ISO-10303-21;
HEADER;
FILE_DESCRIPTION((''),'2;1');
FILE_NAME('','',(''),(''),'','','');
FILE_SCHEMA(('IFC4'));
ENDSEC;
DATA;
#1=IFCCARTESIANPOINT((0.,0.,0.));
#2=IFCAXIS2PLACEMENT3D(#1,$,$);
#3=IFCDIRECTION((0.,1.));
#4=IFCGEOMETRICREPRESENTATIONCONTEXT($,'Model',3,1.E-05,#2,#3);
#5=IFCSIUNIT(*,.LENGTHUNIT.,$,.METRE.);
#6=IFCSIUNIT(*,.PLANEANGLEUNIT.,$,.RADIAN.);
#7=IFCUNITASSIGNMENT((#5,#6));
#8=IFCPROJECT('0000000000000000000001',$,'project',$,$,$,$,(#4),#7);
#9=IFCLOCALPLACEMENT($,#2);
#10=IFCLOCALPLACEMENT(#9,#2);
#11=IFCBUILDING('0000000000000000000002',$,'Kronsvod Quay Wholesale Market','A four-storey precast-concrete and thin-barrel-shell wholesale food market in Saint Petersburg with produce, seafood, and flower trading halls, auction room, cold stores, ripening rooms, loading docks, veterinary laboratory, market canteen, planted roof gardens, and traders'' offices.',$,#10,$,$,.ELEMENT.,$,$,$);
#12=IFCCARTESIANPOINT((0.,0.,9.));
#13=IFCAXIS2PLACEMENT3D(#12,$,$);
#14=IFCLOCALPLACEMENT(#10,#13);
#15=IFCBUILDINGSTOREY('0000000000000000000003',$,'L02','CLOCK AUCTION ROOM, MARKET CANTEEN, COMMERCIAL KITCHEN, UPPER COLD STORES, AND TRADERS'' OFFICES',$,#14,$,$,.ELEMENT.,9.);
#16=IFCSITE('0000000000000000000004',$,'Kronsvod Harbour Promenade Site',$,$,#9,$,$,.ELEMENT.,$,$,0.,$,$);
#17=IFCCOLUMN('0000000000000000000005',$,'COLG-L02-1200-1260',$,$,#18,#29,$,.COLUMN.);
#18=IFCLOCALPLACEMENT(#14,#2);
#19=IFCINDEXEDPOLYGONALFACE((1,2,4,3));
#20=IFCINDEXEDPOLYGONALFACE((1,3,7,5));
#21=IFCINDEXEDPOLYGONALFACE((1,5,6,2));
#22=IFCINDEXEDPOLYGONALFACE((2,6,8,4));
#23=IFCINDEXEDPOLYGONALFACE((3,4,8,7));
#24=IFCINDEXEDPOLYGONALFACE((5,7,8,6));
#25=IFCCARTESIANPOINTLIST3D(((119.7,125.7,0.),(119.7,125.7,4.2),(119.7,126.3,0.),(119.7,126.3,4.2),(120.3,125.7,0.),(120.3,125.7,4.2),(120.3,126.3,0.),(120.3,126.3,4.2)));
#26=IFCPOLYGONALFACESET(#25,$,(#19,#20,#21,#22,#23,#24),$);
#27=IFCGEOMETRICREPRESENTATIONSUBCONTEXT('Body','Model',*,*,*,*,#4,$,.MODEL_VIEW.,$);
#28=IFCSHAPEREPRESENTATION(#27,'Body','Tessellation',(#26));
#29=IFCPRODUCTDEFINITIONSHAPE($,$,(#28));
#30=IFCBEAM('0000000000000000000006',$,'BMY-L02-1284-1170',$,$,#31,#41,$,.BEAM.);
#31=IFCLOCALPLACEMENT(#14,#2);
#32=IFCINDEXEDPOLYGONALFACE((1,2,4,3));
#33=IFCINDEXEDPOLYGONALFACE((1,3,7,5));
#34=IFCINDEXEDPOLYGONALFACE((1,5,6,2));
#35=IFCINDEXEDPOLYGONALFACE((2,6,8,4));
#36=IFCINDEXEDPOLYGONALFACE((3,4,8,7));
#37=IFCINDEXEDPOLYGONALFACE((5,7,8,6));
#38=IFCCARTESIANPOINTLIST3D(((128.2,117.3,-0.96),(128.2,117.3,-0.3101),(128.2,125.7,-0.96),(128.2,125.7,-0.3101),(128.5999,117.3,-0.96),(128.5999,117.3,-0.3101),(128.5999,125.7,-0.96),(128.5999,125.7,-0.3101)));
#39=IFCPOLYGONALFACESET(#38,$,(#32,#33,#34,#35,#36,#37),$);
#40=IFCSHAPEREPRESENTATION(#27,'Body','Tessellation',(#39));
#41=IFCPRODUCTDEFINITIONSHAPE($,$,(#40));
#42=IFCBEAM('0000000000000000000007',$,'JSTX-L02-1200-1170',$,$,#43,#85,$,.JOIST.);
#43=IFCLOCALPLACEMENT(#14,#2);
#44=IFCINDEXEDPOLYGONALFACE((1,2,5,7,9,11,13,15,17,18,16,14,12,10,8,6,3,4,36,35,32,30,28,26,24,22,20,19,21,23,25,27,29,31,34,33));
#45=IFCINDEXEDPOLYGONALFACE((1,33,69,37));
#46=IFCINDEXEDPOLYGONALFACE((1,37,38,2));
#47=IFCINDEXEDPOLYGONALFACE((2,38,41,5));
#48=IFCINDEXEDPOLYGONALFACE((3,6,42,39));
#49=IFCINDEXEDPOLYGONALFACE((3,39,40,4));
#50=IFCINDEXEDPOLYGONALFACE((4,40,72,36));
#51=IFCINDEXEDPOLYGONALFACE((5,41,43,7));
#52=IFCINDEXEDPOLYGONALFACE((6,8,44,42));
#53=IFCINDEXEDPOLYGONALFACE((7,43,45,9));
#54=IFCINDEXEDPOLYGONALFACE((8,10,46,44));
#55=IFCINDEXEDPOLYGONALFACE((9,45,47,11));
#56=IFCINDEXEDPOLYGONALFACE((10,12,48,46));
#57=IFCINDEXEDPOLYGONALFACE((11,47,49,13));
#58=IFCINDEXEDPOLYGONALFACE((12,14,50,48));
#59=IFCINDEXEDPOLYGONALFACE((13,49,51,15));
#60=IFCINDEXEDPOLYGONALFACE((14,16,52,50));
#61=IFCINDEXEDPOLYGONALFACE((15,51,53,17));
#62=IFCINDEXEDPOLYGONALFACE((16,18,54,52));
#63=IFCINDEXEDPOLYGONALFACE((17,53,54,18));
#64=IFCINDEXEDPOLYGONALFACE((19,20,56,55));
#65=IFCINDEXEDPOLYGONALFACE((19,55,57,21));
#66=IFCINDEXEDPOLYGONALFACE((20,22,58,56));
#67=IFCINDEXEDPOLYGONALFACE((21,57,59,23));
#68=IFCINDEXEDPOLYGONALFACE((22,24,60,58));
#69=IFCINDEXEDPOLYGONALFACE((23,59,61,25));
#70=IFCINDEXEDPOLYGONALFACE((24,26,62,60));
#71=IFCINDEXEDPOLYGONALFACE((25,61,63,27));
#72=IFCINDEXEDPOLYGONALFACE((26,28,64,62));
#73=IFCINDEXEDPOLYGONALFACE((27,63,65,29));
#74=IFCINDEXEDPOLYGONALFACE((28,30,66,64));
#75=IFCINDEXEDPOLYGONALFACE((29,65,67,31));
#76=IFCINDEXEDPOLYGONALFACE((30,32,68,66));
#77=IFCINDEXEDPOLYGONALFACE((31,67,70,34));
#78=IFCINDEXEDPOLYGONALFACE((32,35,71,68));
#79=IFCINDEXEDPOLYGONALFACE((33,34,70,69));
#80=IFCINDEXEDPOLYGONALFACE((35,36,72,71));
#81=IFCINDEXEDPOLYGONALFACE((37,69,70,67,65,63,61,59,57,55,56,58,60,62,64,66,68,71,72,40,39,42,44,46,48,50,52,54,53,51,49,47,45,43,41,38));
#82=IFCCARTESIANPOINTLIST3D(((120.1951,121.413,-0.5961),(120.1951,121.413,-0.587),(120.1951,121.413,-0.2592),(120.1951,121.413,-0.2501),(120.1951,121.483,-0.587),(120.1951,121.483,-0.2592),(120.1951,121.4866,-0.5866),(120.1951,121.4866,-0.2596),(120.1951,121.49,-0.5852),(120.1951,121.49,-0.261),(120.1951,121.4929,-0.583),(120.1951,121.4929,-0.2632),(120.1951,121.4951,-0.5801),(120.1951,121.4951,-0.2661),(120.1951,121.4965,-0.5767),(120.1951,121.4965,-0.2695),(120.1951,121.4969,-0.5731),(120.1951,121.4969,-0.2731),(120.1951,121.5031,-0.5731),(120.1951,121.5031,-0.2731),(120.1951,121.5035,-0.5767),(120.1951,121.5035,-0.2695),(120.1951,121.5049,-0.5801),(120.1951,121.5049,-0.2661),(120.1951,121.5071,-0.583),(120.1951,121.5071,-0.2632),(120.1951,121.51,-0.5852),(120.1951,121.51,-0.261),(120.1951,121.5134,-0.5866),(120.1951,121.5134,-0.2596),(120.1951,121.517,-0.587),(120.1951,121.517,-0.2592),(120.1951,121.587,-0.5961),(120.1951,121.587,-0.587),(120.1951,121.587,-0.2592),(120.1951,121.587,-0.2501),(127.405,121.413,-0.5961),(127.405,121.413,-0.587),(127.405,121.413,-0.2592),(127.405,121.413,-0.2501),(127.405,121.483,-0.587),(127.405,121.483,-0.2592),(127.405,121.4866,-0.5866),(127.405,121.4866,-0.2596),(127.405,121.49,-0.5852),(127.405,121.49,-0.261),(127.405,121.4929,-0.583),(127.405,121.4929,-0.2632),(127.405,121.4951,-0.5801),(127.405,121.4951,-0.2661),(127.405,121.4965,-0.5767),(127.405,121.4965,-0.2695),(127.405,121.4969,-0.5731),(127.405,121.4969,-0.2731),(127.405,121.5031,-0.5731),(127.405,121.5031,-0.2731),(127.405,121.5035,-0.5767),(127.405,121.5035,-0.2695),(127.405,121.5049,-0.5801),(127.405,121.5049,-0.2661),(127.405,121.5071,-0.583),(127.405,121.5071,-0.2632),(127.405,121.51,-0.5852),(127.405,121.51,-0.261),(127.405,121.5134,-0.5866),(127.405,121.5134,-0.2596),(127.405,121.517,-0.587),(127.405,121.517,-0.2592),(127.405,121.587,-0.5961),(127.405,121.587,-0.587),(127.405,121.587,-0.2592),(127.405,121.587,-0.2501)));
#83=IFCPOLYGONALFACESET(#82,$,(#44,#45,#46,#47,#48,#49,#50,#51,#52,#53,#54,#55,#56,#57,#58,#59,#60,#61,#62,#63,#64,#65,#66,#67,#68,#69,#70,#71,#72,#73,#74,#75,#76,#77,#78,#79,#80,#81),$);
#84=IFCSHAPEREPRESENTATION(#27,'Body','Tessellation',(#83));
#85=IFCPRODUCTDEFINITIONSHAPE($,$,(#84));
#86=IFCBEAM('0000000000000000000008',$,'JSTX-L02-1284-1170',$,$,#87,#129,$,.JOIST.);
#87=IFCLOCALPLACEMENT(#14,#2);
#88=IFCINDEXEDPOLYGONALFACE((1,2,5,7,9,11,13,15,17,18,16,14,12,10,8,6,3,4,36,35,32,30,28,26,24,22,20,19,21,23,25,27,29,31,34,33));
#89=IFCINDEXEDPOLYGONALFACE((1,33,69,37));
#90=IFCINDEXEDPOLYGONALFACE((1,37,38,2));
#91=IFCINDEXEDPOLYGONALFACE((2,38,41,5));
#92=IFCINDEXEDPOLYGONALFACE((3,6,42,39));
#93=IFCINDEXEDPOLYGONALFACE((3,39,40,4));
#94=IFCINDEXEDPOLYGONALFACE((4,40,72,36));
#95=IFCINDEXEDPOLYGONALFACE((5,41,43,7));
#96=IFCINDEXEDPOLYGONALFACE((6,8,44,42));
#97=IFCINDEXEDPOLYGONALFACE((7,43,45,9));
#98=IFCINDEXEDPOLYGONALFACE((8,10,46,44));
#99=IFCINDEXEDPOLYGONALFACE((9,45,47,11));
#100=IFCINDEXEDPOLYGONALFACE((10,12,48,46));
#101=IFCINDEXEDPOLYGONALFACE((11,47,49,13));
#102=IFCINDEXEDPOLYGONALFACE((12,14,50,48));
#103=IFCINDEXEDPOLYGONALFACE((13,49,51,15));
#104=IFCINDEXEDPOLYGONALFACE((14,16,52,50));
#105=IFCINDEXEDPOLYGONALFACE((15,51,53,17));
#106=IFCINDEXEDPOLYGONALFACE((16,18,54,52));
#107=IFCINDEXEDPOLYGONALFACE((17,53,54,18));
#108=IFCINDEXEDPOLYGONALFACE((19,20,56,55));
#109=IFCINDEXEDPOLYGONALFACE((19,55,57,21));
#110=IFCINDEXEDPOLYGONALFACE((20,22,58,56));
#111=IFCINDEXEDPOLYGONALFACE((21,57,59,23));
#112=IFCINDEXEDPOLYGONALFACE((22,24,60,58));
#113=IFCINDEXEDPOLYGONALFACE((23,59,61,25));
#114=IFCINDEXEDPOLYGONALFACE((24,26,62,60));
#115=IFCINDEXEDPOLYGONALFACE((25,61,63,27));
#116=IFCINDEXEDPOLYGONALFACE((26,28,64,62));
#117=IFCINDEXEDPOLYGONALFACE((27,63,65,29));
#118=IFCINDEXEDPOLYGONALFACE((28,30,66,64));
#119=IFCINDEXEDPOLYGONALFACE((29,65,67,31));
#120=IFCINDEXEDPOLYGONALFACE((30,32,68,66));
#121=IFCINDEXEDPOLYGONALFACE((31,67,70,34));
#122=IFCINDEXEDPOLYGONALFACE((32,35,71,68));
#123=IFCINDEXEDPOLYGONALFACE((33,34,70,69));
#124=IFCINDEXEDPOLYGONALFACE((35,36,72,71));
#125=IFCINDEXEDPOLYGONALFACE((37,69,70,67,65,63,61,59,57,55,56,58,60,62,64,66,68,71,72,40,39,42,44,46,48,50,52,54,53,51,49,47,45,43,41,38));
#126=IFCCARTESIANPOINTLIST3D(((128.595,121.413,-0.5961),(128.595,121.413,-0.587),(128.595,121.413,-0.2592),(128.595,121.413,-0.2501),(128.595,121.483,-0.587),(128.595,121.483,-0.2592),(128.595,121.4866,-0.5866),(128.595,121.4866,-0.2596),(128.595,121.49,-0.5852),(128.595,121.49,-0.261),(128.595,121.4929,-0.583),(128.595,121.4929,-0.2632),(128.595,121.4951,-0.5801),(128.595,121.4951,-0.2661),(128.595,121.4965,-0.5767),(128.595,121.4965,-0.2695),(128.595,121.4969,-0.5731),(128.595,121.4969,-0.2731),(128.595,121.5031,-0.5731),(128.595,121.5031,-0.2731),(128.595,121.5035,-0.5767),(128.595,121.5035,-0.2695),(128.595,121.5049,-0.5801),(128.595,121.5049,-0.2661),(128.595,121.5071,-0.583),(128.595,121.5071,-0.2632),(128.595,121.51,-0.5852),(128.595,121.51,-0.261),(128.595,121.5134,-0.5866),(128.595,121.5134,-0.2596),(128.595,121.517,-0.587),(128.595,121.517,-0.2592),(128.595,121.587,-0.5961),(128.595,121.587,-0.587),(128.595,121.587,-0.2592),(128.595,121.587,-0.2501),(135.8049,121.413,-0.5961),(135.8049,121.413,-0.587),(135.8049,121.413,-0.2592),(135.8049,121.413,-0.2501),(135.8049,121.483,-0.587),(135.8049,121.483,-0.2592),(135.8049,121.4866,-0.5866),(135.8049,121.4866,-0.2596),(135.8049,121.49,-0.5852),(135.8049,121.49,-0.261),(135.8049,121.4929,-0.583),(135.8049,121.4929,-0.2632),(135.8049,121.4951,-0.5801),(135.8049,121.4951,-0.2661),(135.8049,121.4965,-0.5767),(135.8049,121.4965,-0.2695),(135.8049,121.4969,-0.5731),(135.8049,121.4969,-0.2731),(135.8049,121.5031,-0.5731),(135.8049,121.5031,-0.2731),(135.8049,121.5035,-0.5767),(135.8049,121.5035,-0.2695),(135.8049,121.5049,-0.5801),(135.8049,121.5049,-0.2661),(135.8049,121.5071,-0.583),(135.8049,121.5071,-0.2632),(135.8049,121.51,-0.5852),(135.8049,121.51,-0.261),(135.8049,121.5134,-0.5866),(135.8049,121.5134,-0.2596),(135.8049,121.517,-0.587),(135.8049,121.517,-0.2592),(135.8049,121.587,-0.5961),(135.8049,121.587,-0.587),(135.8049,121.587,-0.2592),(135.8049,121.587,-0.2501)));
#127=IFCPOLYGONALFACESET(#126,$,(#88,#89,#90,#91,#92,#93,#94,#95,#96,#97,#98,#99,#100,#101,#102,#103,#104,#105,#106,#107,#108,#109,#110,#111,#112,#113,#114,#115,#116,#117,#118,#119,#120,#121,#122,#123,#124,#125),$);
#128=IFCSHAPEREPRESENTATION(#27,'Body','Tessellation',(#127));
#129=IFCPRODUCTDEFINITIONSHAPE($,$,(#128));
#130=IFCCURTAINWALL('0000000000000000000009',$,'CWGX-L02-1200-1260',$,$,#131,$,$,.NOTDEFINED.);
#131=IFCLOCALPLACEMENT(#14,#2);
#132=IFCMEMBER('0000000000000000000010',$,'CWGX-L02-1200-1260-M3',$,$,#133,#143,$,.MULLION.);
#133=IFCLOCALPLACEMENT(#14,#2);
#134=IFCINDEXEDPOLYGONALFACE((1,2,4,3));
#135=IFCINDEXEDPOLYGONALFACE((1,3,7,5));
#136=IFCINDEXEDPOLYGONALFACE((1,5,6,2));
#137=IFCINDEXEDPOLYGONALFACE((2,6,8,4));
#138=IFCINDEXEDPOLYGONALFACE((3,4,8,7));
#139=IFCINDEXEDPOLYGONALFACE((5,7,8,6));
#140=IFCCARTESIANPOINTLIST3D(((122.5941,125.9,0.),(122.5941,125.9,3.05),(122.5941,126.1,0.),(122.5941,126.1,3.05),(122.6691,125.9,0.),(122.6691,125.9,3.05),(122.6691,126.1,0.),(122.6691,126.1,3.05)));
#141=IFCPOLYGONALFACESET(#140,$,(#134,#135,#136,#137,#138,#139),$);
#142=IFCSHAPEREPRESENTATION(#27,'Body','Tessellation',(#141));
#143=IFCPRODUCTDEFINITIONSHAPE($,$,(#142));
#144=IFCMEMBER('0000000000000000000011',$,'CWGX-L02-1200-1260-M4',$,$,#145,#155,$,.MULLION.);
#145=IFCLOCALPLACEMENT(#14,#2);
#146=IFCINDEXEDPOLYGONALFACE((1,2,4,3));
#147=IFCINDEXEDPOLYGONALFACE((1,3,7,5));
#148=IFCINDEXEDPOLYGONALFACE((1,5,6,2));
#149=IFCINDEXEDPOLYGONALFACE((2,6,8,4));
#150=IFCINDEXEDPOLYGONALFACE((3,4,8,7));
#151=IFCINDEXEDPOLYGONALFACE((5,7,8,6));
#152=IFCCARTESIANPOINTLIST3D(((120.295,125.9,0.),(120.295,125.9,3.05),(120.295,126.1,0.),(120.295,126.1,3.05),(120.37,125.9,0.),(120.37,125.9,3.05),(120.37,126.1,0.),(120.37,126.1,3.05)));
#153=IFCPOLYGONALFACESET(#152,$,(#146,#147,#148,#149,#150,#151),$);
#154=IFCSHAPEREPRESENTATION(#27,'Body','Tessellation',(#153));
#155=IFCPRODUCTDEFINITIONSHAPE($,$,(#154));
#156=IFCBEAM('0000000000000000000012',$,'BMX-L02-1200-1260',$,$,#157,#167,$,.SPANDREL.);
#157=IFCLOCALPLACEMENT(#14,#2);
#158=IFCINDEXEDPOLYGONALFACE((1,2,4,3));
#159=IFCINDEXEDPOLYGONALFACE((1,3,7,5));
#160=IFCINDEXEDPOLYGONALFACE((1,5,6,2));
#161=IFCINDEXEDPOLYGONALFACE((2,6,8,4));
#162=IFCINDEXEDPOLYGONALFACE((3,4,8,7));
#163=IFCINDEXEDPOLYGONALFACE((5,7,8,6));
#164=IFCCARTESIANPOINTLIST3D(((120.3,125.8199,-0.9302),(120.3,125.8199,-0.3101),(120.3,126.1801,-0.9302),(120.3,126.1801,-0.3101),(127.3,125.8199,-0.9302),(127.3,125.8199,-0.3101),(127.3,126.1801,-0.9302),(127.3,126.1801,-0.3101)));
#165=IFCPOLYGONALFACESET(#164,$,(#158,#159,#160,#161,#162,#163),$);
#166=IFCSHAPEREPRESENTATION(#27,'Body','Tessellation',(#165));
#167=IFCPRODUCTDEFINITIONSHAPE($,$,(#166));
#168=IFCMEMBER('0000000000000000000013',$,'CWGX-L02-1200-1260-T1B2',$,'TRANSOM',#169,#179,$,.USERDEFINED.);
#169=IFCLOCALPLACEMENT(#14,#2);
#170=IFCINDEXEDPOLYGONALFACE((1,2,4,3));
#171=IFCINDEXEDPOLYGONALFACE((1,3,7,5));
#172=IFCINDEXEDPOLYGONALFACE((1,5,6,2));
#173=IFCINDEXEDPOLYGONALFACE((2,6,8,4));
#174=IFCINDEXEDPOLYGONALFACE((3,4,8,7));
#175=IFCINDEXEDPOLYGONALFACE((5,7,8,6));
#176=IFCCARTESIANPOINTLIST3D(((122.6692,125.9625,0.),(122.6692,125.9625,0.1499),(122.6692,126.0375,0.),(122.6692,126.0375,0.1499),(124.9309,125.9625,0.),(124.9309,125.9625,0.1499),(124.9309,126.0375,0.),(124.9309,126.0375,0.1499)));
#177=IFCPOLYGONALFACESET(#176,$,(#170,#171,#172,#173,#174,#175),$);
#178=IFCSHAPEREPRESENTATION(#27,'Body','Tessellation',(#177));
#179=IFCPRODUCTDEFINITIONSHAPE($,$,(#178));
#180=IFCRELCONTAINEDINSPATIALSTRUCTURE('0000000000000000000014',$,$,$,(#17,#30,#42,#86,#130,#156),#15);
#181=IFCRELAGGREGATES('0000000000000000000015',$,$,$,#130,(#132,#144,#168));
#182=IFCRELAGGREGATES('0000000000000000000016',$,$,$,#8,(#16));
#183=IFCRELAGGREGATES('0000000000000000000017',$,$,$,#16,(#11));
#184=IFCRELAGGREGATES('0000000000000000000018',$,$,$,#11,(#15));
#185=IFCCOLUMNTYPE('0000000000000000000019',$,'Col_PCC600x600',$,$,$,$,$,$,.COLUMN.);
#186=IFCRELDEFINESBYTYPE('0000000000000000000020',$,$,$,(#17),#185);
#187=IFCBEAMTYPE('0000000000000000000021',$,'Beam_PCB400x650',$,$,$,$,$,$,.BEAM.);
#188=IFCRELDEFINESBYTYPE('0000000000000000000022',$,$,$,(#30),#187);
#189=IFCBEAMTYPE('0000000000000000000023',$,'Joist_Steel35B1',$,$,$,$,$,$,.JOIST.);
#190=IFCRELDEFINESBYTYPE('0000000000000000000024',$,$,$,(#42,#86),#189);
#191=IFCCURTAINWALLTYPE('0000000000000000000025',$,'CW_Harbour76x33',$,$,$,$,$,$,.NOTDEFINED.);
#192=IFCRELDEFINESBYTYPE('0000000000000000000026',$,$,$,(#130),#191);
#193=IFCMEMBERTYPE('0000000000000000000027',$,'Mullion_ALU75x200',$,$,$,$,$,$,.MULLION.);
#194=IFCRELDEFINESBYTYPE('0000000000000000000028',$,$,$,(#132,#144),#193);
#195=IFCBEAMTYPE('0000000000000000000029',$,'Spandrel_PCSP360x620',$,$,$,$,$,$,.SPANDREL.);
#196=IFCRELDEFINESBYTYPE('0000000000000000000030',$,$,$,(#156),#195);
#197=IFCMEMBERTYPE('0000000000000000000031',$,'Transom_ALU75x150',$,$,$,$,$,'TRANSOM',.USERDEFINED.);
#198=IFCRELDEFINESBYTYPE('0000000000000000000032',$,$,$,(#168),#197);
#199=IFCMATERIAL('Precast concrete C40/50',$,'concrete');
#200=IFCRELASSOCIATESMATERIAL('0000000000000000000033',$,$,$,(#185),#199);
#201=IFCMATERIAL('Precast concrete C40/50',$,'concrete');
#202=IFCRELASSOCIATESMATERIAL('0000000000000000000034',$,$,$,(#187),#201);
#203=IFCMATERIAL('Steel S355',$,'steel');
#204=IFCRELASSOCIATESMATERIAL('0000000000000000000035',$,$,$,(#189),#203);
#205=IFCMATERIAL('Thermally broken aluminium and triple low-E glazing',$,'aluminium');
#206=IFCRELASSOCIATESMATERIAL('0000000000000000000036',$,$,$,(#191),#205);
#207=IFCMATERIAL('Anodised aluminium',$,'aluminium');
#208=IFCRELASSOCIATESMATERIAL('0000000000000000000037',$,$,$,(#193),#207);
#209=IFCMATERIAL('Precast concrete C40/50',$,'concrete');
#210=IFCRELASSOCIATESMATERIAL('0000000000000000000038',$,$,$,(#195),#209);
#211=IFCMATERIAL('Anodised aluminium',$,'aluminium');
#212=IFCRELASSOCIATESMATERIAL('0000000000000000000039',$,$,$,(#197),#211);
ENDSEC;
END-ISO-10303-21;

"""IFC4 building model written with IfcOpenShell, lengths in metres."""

from ifc_helpers import new_model, si_unit, direction, frame, origin, origin_2d, place, context, subcontext, project, spatial, rectangle, i_section, extrude, material, material_profile, profile_set, type_object, element, aggregate, save


model = new_model("IFC4")

# Units and contexts
model_context = context("Model", 3, precision=1e-05, world=origin(), true_north=direction((0.0, 1.0)))
body_context = subcontext(model_context, "Body", "Model", "MODEL_VIEW")
ifc_project = project(units=[si_unit("LENGTHUNIT", "METRE"), si_unit("PLANEANGLEUNIT", "RADIAN")], contexts=[model_context])

# Site, building, storey
site_placement = place(None, origin())
site = spatial("IfcSite", under=ifc_project, at=site_placement, Name="Kronsvod Harbour Promenade Site", CompositionType="ELEMENT", RefElevation=0.0)
building_placement = place(site_placement, origin())
building = spatial("IfcBuilding", under=site, at=building_placement, Name="Kronsvod Quay Wholesale Market", Description="A four-storey precast-concrete and thin-barrel-shell wholesale food market in Saint Petersburg with produce, seafood, and flower trading halls, auction room, cold stores, ripening rooms, loading docks, veterinary laboratory, market canteen, planted roof gardens, and traders' offices.", CompositionType="ELEMENT")
storey_placement = place(building_placement, frame((0.0, 0.0, 9.0)))
storey = spatial("IfcBuildingStorey", under=building, at=storey_placement, Name="L02", Description="CLOCK AUCTION ROOM, MARKET CANTEEN, COMMERCIAL KITCHEN, UPPER COLD STORES, AND TRADERS' OFFICES", CompositionType="ELEMENT", Elevation=9.0)

# Column
ifc_material_1 = material(Name="Precast concrete C40/50", Category="concrete")
ifc_material_profile_1 = material_profile(ifc_material_1, rectangle(XDim=0.6001, YDim=0.6001, at=origin_2d()), Name="PCC600x600")
ifc_profile_set_1 = profile_set([ifc_material_profile_1], Name="Precast concrete C40/50")
column_type = type_object("IfcColumnType", Name="Col_PCC600x600", PredefinedType="COLUMN", material=ifc_profile_set_1)
column_placement = place(storey_placement, frame((120.0, 126.0, 0.0), z_axis=(0.0, 0.0, 1.0), x_axis=(1.0, 0.0, 0.0)))
element("IfcColumn", 1, at=column_placement, inside=storey, type_object=column_type, Name="COLG-L02-1200-1260", PredefinedType="COLUMN", context=body_context, shape_type="SweptSolid", body=[
    extrude(rectangle(XDim=0.6001, YDim=0.6001, at=origin_2d()), origin(), (0.0, 0.0, 1.0), 4.2),
])

# Beams
ifc_material_2 = material(Name="Precast concrete C40/50", Category="concrete")
ifc_material_profile_2 = material_profile(ifc_material_2, rectangle(XDim=0.3999, YDim=0.6499, at=origin_2d()), Name="PCB400x650")
ifc_profile_set_2 = profile_set([ifc_material_profile_2], Name="Precast concrete C40/50")
beam_type_1 = type_object("IfcBeamType", Name="Beam_PCB400x650", PredefinedType="BEAM", material=ifc_profile_set_2)
beam_1_placement = place(storey_placement, frame((128.3999, 117.3, -0.635), z_axis=(0.0, 1.0, 0.0), x_axis=(-1.0, 0.0, 0.0)))
element("IfcBeam", 2, at=beam_1_placement, inside=storey, type_object=beam_type_1, Name="BMY-L02-1284-1170", PredefinedType="BEAM", context=body_context, shape_type="SweptSolid", body=[
    extrude(rectangle(XDim=0.3999, YDim=0.6499, at=origin_2d()), origin(), (0.0, 0.0, 1.0), 8.3999),
])
ifc_material_3 = material(Name="Steel S355", Category="steel")
ifc_material_profile_3 = material_profile(ifc_material_3, i_section(OverallWidth=0.1741, OverallDepth=0.3459, WebThickness=0.0061, FlangeThickness=0.009, FilletRadius=0.0139, at=origin_2d()), Name="35B1")
ifc_profile_set_3 = profile_set([ifc_material_profile_3], Name="Steel S355")
beam_type_2 = type_object("IfcBeamType", Name="Joist_Steel35B1", PredefinedType="JOIST", material=ifc_profile_set_3)
for number, where, z_axis, x_axis, name in (
    (3, (120.1951, 121.5, -0.4231), (1.0, 0.0, 0.0), (0.0, 1.0, 0.0), "JSTX-L02-1200-1170"),
    (4, (128.595, 121.5, -0.4231), (1.0, 0.0, 0.0), (0.0, 1.0, 0.0), "JSTX-L02-1284-1170"),
):
    element("IfcBeam", number, at=place(storey_placement, frame(where, z_axis=z_axis, x_axis=x_axis)), inside=storey, type_object=beam_type_2, Name=name, PredefinedType="JOIST", context=body_context, shape_type="SweptSolid", body=[
        extrude(i_section(OverallWidth=0.1741, OverallDepth=0.3459, WebThickness=0.0061, FlangeThickness=0.009, FilletRadius=0.0139, at=origin_2d()), origin(), (0.0, 0.0, 1.0), 7.21),
    ])

# Curtain wall, members
ifc_material_4 = material(Name="Thermally broken aluminium and triple low-E glazing", Category="aluminium")
curtain_wall_type = type_object("IfcCurtainWallType", Name="CW_Harbour76x33", PredefinedType="NOTDEFINED", material=ifc_material_4)
curtain_wall_placement = place(storey_placement, origin())
curtain_wall = element("IfcCurtainWall", 5, at=curtain_wall_placement, inside=storey, type_object=curtain_wall_type, Name="CWGX-L02-1200-1260", PredefinedType="NOTDEFINED")
ifc_material_5 = material(Name="Anodised aluminium", Category="aluminium")
ifc_material_profile_4 = material_profile(ifc_material_5, rectangle(XDim=0.075, YDim=0.2, at=origin_2d()), Name="ALUM75x200")
ifc_profile_set_4 = profile_set([ifc_material_profile_4], Name="Anodised aluminium")
member_type_1 = type_object("IfcMemberType", Name="Mullion_ALU75x200", PredefinedType="MULLION", material=ifc_profile_set_4)
member_1_placement = place(storey_placement, frame((122.6316, 126.0, 0.0), z_axis=(0.0, 0.0, 1.0), x_axis=(1.0, 0.0, 0.0)))
member_1 = element("IfcMember", 6, at=member_1_placement, type_object=member_type_1, Name="CWGX-L02-1200-1260-M3", PredefinedType="MULLION", context=body_context, shape_type="SweptSolid", body=[
    extrude(rectangle(XDim=0.075, YDim=0.2, at=origin_2d()), origin(), (0.0, 0.0, 1.0), 3.05),
])
member_2_placement = place(storey_placement, frame((120.3325, 126.0, 0.0), z_axis=(0.0, 0.0, 1.0), x_axis=(1.0, 0.0, 0.0)))
member_2 = element("IfcMember", 7, at=member_2_placement, type_object=member_type_1, Name="CWGX-L02-1200-1260-M4", PredefinedType="MULLION", context=body_context, shape_type="SweptSolid", body=[
    extrude(rectangle(XDim=0.075, YDim=0.2, at=origin_2d()), origin(), (0.0, 0.0, 1.0), 3.05),
])

# Beam
ifc_material_6 = material(Name="Precast concrete C40/50", Category="concrete")
ifc_material_profile_5 = material_profile(ifc_material_6, rectangle(XDim=0.3601, YDim=0.6201, at=origin_2d()), Name="SPB-02")
ifc_profile_set_5 = profile_set([ifc_material_profile_5], Name="Precast concrete C40/50")
beam_type_3 = type_object("IfcBeamType", Name="Spandrel_PCSP360x620", PredefinedType="SPANDREL", material=ifc_profile_set_5)
beam_2_placement = place(storey_placement, frame((120.3, 126.0, -0.6201), z_axis=(1.0, 0.0, 0.0), x_axis=(0.0, 1.0, 0.0)))
element("IfcBeam", 8, at=beam_2_placement, inside=storey, type_object=beam_type_3, Name="BMX-L02-1200-1260", PredefinedType="SPANDREL", context=body_context, shape_type="SweptSolid", body=[
    extrude(rectangle(XDim=0.3601, YDim=0.6201, at=origin_2d()), origin(), (0.0, 0.0, 1.0), 7.0),
])

# Member
ifc_material_7 = material(Name="Anodised aluminium", Category="aluminium")
ifc_material_profile_6 = material_profile(ifc_material_7, rectangle(XDim=0.075, YDim=0.1499, at=origin_2d()), Name="ALUT75x150")
ifc_profile_set_6 = profile_set([ifc_material_profile_6], Name="Anodised aluminium")
member_type_2 = type_object("IfcMemberType", Name="Transom_ALU75x150", ElementType="TRANSOM", PredefinedType="USERDEFINED", material=ifc_profile_set_6)
member_3_placement = place(storey_placement, frame((124.9309, 126.0, 0.075), z_axis=(-1.0, 0.0, 0.0), x_axis=(0.0, -1.0, 0.0)))
member_3 = element("IfcMember", 9, at=member_3_placement, type_object=member_type_2, Name="CWGX-L02-1200-1260-T1B2", ObjectType="TRANSOM", PredefinedType="USERDEFINED", context=body_context, shape_type="SweptSolid", body=[
    extrude(rectangle(XDim=0.075, YDim=0.1499, at=origin_2d()), origin(), (0.0, 0.0, 1.0), 2.2617),
])

aggregate(curtain_wall, [member_1, member_2, member_3])

save(model, "model.ifc")
